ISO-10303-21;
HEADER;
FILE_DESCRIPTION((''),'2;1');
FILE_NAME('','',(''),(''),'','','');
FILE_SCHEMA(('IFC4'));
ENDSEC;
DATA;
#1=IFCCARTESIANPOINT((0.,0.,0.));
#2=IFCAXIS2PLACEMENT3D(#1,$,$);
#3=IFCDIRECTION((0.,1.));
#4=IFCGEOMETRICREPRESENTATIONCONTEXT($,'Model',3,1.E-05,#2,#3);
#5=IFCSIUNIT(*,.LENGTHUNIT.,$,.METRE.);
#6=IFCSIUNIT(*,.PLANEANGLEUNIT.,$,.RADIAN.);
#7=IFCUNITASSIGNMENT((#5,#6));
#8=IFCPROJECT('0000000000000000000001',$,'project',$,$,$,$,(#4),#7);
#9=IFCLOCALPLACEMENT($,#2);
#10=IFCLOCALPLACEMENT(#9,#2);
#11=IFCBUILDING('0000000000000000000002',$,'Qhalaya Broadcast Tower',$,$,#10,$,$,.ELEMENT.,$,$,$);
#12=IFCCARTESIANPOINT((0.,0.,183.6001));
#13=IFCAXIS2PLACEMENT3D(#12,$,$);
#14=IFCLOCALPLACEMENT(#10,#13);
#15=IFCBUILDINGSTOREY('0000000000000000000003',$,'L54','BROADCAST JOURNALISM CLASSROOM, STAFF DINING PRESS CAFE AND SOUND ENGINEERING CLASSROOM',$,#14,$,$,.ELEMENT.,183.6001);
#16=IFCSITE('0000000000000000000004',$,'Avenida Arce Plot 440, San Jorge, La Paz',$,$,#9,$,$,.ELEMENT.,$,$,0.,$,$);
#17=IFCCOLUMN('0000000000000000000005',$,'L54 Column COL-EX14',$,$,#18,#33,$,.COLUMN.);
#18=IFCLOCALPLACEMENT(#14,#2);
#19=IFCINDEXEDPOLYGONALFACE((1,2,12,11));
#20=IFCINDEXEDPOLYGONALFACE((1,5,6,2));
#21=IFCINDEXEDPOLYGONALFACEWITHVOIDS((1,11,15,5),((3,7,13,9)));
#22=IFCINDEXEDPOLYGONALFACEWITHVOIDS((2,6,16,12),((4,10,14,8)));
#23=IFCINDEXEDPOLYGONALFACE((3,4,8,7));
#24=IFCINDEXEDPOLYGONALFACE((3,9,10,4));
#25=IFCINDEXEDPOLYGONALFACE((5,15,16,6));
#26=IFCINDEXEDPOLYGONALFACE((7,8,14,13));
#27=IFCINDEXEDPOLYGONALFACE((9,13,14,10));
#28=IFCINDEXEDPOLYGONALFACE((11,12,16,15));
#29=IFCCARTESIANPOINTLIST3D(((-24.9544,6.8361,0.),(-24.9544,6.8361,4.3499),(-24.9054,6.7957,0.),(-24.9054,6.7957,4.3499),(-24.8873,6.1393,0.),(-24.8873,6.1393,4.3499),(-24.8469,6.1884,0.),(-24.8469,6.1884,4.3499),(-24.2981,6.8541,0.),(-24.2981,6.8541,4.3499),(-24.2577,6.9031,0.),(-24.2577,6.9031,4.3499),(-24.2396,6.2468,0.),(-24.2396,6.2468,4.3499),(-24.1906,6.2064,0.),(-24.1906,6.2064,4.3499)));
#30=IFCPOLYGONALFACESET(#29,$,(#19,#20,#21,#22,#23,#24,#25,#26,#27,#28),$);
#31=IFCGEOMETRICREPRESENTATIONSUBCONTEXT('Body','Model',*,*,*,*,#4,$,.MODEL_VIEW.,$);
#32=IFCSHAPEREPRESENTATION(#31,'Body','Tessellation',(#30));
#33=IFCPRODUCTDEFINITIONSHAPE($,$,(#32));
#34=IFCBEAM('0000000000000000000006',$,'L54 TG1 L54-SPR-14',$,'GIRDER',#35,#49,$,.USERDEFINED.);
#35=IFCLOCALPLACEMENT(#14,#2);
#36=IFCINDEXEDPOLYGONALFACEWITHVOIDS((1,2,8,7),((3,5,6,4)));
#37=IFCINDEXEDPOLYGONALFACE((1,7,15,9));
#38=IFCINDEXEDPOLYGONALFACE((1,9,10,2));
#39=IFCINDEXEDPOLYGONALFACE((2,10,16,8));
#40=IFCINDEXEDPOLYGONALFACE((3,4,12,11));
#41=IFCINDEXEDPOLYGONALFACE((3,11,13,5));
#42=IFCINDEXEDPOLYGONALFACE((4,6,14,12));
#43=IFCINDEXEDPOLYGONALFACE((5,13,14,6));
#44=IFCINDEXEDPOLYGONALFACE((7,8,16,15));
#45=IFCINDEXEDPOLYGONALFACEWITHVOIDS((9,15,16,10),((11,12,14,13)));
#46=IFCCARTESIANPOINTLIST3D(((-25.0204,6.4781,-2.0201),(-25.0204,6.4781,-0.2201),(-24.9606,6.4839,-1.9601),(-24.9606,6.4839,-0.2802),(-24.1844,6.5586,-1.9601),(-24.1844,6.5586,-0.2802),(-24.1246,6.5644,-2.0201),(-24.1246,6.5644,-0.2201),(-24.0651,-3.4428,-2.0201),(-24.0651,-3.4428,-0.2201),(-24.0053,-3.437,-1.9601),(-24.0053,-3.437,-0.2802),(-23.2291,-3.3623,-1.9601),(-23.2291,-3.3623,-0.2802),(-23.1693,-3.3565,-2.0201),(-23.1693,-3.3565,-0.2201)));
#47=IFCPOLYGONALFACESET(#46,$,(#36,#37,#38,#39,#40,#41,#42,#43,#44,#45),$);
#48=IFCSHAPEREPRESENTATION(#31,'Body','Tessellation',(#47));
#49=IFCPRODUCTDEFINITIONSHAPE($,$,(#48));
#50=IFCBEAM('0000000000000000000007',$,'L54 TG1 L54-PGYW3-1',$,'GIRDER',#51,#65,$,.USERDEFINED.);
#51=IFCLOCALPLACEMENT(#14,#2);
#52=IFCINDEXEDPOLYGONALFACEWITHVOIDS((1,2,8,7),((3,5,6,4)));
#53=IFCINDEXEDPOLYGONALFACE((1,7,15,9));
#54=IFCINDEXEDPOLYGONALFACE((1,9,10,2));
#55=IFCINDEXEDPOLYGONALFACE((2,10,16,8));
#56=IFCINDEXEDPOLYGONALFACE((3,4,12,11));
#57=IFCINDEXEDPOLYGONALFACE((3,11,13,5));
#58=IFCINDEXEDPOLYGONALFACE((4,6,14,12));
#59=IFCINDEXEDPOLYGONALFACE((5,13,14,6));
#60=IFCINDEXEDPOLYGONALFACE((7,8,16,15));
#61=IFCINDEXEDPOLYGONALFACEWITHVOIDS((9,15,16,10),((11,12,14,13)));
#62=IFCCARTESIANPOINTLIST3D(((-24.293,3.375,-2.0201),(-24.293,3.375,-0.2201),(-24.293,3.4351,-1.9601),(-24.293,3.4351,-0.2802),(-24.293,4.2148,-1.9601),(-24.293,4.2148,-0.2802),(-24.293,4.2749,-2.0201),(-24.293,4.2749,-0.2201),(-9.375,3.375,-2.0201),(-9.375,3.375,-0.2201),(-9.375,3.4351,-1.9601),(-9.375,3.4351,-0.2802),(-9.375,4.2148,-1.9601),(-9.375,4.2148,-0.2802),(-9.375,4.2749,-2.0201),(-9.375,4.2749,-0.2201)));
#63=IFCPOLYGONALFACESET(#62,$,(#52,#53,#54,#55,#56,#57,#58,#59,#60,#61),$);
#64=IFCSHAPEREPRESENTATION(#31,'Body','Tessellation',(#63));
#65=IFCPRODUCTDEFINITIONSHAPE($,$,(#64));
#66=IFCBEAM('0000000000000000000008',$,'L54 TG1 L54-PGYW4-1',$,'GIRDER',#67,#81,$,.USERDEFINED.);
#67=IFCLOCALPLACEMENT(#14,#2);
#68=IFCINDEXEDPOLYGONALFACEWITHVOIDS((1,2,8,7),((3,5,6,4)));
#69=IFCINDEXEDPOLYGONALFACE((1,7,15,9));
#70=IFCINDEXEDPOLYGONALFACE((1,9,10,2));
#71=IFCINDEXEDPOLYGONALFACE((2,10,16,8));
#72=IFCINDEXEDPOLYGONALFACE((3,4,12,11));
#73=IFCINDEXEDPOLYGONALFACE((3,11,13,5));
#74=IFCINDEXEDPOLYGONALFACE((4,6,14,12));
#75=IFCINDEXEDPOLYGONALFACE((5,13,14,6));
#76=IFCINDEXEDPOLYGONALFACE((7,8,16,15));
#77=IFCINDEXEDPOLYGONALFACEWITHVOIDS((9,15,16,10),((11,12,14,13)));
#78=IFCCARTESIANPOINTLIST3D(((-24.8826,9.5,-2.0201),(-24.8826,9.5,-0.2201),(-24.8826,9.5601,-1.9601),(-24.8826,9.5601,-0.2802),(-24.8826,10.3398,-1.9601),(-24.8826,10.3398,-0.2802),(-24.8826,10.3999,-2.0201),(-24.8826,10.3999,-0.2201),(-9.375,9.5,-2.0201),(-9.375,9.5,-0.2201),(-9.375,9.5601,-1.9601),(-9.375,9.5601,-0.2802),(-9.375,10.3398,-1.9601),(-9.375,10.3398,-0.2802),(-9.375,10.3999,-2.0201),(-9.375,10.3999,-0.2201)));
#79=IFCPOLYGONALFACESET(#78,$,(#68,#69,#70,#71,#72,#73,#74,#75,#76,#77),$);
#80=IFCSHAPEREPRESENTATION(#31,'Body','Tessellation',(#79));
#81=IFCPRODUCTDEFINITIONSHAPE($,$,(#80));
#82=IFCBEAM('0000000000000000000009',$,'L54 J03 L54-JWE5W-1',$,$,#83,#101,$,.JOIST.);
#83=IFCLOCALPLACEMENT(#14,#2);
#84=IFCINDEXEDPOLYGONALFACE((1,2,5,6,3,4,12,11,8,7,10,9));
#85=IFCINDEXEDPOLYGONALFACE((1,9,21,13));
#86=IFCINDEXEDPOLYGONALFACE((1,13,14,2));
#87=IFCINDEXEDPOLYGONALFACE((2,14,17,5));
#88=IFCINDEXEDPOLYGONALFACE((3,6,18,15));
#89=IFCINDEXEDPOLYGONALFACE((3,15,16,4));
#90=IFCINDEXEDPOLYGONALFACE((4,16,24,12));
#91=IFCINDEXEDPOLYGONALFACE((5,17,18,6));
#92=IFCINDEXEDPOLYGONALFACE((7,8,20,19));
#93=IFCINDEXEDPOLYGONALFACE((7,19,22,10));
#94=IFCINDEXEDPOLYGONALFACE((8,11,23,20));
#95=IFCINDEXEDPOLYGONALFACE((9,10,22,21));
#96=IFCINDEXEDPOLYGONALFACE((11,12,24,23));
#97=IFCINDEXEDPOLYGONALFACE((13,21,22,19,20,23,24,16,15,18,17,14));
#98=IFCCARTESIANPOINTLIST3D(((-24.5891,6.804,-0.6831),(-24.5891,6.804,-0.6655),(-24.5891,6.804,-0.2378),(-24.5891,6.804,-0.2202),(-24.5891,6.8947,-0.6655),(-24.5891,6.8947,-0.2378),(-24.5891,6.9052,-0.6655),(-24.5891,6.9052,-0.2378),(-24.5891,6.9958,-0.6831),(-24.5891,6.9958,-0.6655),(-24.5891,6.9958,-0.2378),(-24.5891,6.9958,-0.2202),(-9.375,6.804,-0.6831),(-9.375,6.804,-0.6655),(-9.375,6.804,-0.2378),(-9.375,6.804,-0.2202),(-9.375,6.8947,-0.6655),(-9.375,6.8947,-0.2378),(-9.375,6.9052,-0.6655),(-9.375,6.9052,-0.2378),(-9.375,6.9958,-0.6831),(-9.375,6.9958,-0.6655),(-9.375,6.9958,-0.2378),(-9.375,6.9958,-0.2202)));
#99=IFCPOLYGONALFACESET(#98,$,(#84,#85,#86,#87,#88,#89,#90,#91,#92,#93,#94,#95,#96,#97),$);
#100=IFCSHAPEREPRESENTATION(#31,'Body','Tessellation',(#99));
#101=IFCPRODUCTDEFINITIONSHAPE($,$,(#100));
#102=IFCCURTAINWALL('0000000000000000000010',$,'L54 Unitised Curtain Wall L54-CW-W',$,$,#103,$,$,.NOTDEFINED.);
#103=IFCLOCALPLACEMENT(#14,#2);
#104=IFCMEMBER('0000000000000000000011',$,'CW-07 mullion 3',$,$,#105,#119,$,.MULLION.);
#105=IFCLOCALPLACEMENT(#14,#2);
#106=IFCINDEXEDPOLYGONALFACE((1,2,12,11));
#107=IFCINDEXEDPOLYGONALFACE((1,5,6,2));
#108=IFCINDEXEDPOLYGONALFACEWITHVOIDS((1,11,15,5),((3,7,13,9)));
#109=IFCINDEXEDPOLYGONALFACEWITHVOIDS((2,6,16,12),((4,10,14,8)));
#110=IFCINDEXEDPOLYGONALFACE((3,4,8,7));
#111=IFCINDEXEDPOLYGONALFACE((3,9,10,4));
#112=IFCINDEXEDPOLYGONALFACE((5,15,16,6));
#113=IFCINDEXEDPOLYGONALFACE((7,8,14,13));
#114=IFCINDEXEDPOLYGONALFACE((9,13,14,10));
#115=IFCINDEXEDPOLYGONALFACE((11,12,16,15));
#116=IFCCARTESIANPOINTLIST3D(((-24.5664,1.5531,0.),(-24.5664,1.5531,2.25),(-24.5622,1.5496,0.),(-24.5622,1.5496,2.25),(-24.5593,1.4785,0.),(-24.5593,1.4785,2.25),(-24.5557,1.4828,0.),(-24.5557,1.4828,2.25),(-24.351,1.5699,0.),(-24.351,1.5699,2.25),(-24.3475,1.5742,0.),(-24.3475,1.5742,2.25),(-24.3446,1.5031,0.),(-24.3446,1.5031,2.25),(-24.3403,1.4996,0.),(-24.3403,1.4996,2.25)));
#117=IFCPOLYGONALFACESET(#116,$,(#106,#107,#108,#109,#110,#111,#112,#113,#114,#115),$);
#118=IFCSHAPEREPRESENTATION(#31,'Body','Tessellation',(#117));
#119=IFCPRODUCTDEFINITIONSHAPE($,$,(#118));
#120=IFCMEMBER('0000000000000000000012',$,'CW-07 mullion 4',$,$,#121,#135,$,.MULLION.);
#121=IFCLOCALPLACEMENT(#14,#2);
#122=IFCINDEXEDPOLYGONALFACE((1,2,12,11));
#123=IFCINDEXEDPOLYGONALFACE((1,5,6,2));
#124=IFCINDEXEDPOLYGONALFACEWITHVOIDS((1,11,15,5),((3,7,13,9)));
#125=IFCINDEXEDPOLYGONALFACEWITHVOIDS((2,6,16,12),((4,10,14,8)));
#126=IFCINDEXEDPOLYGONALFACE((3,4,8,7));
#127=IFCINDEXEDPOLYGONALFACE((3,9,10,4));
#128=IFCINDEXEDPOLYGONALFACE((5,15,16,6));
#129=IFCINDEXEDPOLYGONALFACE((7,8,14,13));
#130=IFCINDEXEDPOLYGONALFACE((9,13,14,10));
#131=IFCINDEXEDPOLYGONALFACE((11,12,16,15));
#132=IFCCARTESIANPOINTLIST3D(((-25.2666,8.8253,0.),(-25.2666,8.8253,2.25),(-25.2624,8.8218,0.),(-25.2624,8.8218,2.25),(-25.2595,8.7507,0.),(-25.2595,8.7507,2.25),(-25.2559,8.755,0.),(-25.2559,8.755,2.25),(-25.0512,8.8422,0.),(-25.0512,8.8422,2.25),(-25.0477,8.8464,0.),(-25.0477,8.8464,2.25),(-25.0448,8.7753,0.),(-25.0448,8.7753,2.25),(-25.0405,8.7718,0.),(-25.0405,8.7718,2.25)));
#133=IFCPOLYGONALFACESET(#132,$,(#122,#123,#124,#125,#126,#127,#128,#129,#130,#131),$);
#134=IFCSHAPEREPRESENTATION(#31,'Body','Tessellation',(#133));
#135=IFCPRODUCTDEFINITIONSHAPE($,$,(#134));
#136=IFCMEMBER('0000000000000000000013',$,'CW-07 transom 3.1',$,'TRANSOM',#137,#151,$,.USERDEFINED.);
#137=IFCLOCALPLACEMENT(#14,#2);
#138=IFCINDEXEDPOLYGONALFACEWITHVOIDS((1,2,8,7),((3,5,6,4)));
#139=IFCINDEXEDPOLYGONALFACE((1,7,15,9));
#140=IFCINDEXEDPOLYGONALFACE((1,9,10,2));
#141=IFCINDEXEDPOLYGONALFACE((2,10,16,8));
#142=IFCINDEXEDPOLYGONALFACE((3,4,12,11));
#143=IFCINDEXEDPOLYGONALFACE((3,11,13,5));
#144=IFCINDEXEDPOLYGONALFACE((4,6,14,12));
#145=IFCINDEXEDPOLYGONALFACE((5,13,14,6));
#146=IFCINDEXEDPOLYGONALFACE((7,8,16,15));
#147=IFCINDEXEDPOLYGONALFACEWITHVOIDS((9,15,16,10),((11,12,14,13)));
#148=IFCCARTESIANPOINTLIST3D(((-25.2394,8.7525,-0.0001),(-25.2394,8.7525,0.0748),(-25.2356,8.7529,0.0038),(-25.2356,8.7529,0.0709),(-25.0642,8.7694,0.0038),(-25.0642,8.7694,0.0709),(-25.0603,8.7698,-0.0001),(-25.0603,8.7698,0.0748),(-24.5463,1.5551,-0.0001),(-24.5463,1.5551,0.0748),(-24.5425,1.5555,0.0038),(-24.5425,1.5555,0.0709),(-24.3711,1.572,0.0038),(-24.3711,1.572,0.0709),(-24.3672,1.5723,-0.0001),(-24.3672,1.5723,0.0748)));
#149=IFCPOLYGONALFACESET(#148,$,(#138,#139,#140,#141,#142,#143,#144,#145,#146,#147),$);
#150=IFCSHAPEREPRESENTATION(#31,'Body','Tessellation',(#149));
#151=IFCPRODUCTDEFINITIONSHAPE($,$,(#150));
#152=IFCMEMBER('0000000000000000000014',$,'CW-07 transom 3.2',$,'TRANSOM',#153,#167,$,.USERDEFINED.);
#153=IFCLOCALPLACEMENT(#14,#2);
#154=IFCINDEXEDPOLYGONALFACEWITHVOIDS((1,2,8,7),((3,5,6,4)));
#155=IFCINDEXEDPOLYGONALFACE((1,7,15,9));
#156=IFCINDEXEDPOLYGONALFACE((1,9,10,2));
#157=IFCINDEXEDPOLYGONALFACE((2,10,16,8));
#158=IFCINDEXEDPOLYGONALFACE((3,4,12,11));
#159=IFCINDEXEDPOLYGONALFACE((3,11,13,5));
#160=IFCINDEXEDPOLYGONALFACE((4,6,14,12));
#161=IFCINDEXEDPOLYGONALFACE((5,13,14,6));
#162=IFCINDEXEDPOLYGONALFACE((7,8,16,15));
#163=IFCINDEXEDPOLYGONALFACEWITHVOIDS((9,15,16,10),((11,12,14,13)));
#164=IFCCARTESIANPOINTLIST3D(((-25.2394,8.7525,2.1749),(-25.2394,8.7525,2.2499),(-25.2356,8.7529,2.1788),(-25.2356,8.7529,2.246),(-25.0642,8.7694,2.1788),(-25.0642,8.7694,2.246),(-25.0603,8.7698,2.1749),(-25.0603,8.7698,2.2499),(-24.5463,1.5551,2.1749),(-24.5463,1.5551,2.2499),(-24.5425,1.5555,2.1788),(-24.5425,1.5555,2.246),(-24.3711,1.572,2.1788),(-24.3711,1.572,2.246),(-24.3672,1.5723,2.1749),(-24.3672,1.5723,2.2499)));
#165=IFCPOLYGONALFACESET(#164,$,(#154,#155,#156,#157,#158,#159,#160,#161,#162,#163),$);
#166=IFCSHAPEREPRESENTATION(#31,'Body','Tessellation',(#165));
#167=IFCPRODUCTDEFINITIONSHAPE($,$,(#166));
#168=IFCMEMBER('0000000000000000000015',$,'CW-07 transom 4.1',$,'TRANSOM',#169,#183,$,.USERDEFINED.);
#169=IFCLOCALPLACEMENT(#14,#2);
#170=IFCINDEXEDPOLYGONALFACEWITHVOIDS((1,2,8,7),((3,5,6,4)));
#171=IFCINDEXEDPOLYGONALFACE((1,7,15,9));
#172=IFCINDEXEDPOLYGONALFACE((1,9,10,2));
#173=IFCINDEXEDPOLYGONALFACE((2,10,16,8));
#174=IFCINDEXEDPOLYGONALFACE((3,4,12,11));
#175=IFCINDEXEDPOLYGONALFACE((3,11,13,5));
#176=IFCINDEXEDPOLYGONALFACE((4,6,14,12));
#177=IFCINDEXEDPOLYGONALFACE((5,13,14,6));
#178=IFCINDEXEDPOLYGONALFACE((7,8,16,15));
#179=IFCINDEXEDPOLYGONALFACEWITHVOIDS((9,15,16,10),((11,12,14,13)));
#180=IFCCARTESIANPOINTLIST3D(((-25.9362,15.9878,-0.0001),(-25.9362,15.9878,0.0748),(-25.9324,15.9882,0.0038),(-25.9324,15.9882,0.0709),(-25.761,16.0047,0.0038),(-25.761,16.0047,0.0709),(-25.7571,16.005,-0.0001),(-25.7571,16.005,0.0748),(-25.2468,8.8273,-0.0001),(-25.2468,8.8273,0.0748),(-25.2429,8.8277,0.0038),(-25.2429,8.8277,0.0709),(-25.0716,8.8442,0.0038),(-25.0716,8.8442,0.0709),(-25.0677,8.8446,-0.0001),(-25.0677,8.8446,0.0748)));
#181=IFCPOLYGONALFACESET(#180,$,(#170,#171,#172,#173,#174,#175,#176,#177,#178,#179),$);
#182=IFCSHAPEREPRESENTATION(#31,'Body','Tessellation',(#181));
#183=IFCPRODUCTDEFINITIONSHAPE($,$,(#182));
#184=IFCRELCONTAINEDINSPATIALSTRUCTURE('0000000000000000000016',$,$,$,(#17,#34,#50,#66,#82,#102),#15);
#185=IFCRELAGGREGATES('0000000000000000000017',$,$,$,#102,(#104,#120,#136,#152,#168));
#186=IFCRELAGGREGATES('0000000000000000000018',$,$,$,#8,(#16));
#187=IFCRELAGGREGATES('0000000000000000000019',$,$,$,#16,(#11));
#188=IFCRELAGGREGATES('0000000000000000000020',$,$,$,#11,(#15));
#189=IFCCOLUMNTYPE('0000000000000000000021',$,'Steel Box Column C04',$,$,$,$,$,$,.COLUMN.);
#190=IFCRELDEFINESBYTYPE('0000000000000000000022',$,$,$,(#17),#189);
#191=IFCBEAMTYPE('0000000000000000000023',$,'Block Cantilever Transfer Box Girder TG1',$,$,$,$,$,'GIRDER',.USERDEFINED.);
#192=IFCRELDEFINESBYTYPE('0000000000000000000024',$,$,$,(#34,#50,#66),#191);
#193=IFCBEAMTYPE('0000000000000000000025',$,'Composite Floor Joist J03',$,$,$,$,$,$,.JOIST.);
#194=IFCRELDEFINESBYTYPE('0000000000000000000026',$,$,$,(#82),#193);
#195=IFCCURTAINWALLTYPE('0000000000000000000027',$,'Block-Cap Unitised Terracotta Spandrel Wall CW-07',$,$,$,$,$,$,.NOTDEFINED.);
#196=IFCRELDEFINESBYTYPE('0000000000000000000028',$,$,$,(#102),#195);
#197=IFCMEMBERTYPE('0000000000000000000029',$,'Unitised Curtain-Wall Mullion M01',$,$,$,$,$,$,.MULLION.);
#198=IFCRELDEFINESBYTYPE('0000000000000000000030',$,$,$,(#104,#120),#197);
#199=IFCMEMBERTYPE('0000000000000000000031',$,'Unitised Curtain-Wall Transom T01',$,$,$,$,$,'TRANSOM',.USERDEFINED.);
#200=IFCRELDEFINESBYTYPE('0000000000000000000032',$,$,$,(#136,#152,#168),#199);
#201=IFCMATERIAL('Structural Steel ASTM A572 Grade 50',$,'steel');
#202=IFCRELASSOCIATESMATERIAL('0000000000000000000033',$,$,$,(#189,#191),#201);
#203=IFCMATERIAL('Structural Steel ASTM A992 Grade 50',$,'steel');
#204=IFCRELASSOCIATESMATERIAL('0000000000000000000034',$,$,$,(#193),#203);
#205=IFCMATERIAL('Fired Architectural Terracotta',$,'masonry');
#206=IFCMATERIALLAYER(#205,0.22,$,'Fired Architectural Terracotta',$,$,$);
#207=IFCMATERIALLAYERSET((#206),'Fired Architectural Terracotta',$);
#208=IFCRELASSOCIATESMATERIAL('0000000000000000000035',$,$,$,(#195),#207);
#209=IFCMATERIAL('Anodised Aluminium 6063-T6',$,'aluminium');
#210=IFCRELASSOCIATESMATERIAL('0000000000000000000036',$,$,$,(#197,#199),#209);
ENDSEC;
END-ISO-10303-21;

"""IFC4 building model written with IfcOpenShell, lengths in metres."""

from ifc_helpers import new_model, si_unit, direction, frame, origin, origin_2d, place, context, subcontext, project, spatial, hollow_rectangle, i_section, extrude, material, layer, layer_set, material_profile, profile_set, type_object, element, aggregate, save


model = new_model("IFC4")

# Units and contexts
model_context = context("Model", 3, precision=1e-05, world=origin(), true_north=direction((0.0, 1.0)))
body_context = subcontext(model_context, "Body", "Model", "MODEL_VIEW")
ifc_project = project(units=[si_unit("LENGTHUNIT", "METRE"), si_unit("PLANEANGLEUNIT", "RADIAN")], contexts=[model_context])

# Site, building, storey
site_placement = place(None, origin())
site = spatial("IfcSite", under=ifc_project, at=site_placement, Name="Avenida Arce Plot 440, San Jorge, La Paz", CompositionType="ELEMENT", RefElevation=0.0)
building_placement = place(site_placement, origin())
building = spatial("IfcBuilding", under=site, at=building_placement, Name="Qhalaya Broadcast Tower", CompositionType="ELEMENT")
storey_placement = place(building_placement, frame((0.0, 0.0, 183.6001)))
storey = spatial("IfcBuildingStorey", under=building, at=storey_placement, Name="L54", Description="BROADCAST JOURNALISM CLASSROOM, STAFF DINING PRESS CAFE AND SOUND ENGINEERING CLASSROOM", CompositionType="ELEMENT", Elevation=183.6001)

# Column
ifc_material_1 = material(Name="Structural Steel ASTM A572 Grade 50", Category="steel")
ifc_material_profile_1 = material_profile(ifc_material_1, hollow_rectangle(XDim=0.7, YDim=0.7, WallThickness=0.0449, at=origin_2d()), Name="BOX 700x700x45")
ifc_profile_set_1 = profile_set([ifc_material_profile_1], Name="Structural Steel ASTM A572 Grade 50")
column_type = type_object("IfcColumnType", Name="Steel Box Column C04", PredefinedType="COLUMN", material=ifc_profile_set_1)
column_placement = place(storey_placement, frame((-24.5725, 6.5212, 0.0), z_axis=(0.0, 0.0, 1.0), x_axis=(-0.095846, 0.995396, 0.0)))
element("IfcColumn", 1, at=column_placement, inside=storey, type_object=column_type, Name="L54 Column COL-EX14", PredefinedType="COLUMN", context=body_context, shape_type="SweptSolid", body=[
    extrude(hollow_rectangle(XDim=0.7, YDim=0.7, WallThickness=0.0449, at=origin_2d()), origin(), (0.0, 0.0, 1.0), 4.3499),
])

# Beams
ifc_material_profile_2 = material_profile(ifc_material_1, hollow_rectangle(XDim=0.8999, YDim=1.8, WallThickness=0.0601, at=origin_2d()), Name="BOX 900x1800x60")
ifc_profile_set_2 = profile_set([ifc_material_profile_2], Name="Structural Steel ASTM A572 Grade 50")
beam_type_1 = type_object("IfcBeamType", Name="Block Cantilever Transfer Box Girder TG1", ElementType="GIRDER", PredefinedType="USERDEFINED", material=ifc_profile_set_2)
beam_1_placement = place(storey_placement, frame((-24.5725, 6.5212, -1.1201), z_axis=(0.095851, -0.995396, 0.0), x_axis=(0.995396, 0.095851, 0.0)))
element("IfcBeam", 2, at=beam_1_placement, inside=storey, type_object=beam_type_1, Name="L54 TG1 L54-SPR-14", ObjectType="GIRDER", PredefinedType="USERDEFINED", context=body_context, shape_type="SweptSolid", body=[
    extrude(hollow_rectangle(XDim=0.8999, YDim=1.8, WallThickness=0.0601, at=origin_2d()), origin(), (0.0, 0.0, 1.0), 9.9668),
])
beam_2_placement = place(storey_placement, frame((-24.293, 3.825, -1.1201), z_axis=(1.0, 0.0, 0.0), x_axis=(0.0, 1.0, 0.0)))
element("IfcBeam", 3, at=beam_2_placement, inside=storey, type_object=beam_type_1, Name="L54 TG1 L54-PGYW3-1", ObjectType="GIRDER", PredefinedType="USERDEFINED", context=body_context, shape_type="SweptSolid", body=[
    extrude(hollow_rectangle(XDim=0.8999, YDim=1.8, WallThickness=0.0601, at=origin_2d()), origin(), (0.0, 0.0, 1.0), 14.918),
])
beam_3_placement = place(storey_placement, frame((-24.8826, 9.95, -1.1201), z_axis=(1.0, 0.0, 0.0), x_axis=(0.0, 1.0, 0.0)))
element("IfcBeam", 4, at=beam_3_placement, inside=storey, type_object=beam_type_1, Name="L54 TG1 L54-PGYW4-1", ObjectType="GIRDER", PredefinedType="USERDEFINED", context=body_context, shape_type="SweptSolid", body=[
    extrude(hollow_rectangle(XDim=0.8999, YDim=1.8, WallThickness=0.0601, at=origin_2d()), origin(), (0.0, 0.0, 1.0), 15.5076),
])
ifc_material_2 = material(Name="Structural Steel ASTM A992 Grade 50", Category="steel")
ifc_material_profile_3 = material_profile(ifc_material_2, i_section(OverallWidth=0.1919, OverallDepth=0.4629, WebThickness=0.0105, FlangeThickness=0.0176, at=origin_2d()), Name="W18X60")
ifc_profile_set_3 = profile_set([ifc_material_profile_3], Name="Structural Steel ASTM A992 Grade 50")
beam_type_2 = type_object("IfcBeamType", Name="Composite Floor Joist J03", PredefinedType="JOIST", material=ifc_profile_set_3)
beam_4_placement = place(storey_placement, frame((-24.5891, 6.8999, -0.4517), z_axis=(1.0, 0.0, 0.0), x_axis=(0.0, 1.0, 0.0)))
element("IfcBeam", 5, at=beam_4_placement, inside=storey, type_object=beam_type_2, Name="L54 J03 L54-JWE5W-1", PredefinedType="JOIST", context=body_context, shape_type="SweptSolid", body=[
    extrude(i_section(OverallWidth=0.1919, OverallDepth=0.4629, WebThickness=0.0105, FlangeThickness=0.0176, at=origin_2d()), origin(), (0.0, 0.0, 1.0), 15.2141),
])

# Curtain wall, members
ifc_material_3 = material(Name="Fired Architectural Terracotta", Category="masonry")
ifc_layer_1 = layer(ifc_material_3, 0.22, Name="Fired Architectural Terracotta")
ifc_layer_set_1 = layer_set([ifc_layer_1], Name="Fired Architectural Terracotta")
curtain_wall_type = type_object("IfcCurtainWallType", Name="Block-Cap Unitised Terracotta Spandrel Wall CW-07", PredefinedType="NOTDEFINED", material=ifc_layer_set_1)
curtain_wall_placement = place(storey_placement, origin())
curtain_wall = element("IfcCurtainWall", 6, at=curtain_wall_placement, inside=storey, type_object=curtain_wall_type, Name="L54 Unitised Curtain Wall L54-CW-W", PredefinedType="NOTDEFINED")
ifc_material_4 = material(Name="Anodised Aluminium 6063-T6", Category="aluminium")
ifc_material_profile_4 = material_profile(ifc_material_4, hollow_rectangle(XDim=0.075, YDim=0.22, WallThickness=0.0039, at=origin_2d()), Name="ALU-MUL 75x220x4")
ifc_profile_set_4 = profile_set([ifc_material_profile_4], Name="Anodised Aluminium 6063-T6")
member_type_1 = type_object("IfcMemberType", Name="Unitised Curtain-Wall Mullion M01", PredefinedType="MULLION", material=ifc_profile_set_4)
member_1_placement = place(storey_placement, frame((-24.4534, 1.5264, 0.0), z_axis=(0.0, 0.0, 1.0), x_axis=(-0.095846, 0.995396, 0.0)))
member_1 = element("IfcMember", 7, at=member_1_placement, type_object=member_type_1, Name="CW-07 mullion 3", PredefinedType="MULLION", context=body_context, shape_type="SweptSolid", body=[
    extrude(hollow_rectangle(XDim=0.075, YDim=0.22, WallThickness=0.0039, at=origin_2d()), origin(), (0.0, 0.0, 1.0), 2.25),
])
member_2_placement = place(storey_placement, frame((-25.1536, 8.7986, 0.0), z_axis=(0.0, 0.0, 1.0), x_axis=(-0.095846, 0.995396, 0.0)))
member_2 = element("IfcMember", 8, at=member_2_placement, type_object=member_type_1, Name="CW-07 mullion 4", PredefinedType="MULLION", context=body_context, shape_type="SweptSolid", body=[
    extrude(hollow_rectangle(XDim=0.075, YDim=0.22, WallThickness=0.0039, at=origin_2d()), origin(), (0.0, 0.0, 1.0), 2.25),
])
ifc_material_profile_5 = material_profile(ifc_material_4, hollow_rectangle(XDim=0.075, YDim=0.1799, WallThickness=0.0039, at=origin_2d()), Name="ALU-TRN 75x180x4")
ifc_profile_set_5 = profile_set([ifc_material_profile_5], Name="Anodised Aluminium 6063-T6")
member_type_2 = type_object("IfcMemberType", Name="Unitised Curtain-Wall Transom T01", ElementType="TRANSOM", PredefinedType="USERDEFINED", material=ifc_profile_set_5)
member_3_placement = place(storey_placement, frame((-24.4568, 1.5637, 0.0374), z_axis=(-0.095856, 0.995395, 0.0), x_axis=(0.0, 0.0, 1.0)))
member_3 = element("IfcMember", 9, at=member_3_placement, type_object=member_type_2, Name="CW-07 transom 3.1", ObjectType="TRANSOM", PredefinedType="USERDEFINED", context=body_context, shape_type="SweptSolid", body=[
    extrude(hollow_rectangle(XDim=0.075, YDim=0.1799, WallThickness=0.0039, at=origin_2d()), origin(), (0.0, 0.0, 1.0), 7.2307),
])
member_4_placement = place(storey_placement, frame((-24.4568, 1.5637, 2.2124), z_axis=(-0.095856, 0.995395, 0.0), x_axis=(0.0, 0.0, 1.0)))
member_4 = element("IfcMember", 10, at=member_4_placement, type_object=member_type_2, Name="CW-07 transom 3.2", ObjectType="TRANSOM", PredefinedType="USERDEFINED", context=body_context, shape_type="SweptSolid", body=[
    extrude(hollow_rectangle(XDim=0.075, YDim=0.1799, WallThickness=0.0039, at=origin_2d()), origin(), (0.0, 0.0, 1.0), 7.2307),
])
member_5_placement = place(storey_placement, frame((-25.1572, 8.8359, 0.0374), z_axis=(-0.095844, 0.995396, 0.0), x_axis=(0.0, 0.0, 1.0)))
member_5 = element("IfcMember", 11, at=member_5_placement, type_object=member_type_2, Name="CW-07 transom 4.1", ObjectType="TRANSOM", PredefinedType="USERDEFINED", context=body_context, shape_type="SweptSolid", body=[
    extrude(hollow_rectangle(XDim=0.075, YDim=0.1799, WallThickness=0.0039, at=origin_2d()), origin(), (0.0, 0.0, 1.0), 7.1936),
])

aggregate(curtain_wall, [member_1, member_2, member_3, member_4, member_5])

save(model, "model.ifc")
